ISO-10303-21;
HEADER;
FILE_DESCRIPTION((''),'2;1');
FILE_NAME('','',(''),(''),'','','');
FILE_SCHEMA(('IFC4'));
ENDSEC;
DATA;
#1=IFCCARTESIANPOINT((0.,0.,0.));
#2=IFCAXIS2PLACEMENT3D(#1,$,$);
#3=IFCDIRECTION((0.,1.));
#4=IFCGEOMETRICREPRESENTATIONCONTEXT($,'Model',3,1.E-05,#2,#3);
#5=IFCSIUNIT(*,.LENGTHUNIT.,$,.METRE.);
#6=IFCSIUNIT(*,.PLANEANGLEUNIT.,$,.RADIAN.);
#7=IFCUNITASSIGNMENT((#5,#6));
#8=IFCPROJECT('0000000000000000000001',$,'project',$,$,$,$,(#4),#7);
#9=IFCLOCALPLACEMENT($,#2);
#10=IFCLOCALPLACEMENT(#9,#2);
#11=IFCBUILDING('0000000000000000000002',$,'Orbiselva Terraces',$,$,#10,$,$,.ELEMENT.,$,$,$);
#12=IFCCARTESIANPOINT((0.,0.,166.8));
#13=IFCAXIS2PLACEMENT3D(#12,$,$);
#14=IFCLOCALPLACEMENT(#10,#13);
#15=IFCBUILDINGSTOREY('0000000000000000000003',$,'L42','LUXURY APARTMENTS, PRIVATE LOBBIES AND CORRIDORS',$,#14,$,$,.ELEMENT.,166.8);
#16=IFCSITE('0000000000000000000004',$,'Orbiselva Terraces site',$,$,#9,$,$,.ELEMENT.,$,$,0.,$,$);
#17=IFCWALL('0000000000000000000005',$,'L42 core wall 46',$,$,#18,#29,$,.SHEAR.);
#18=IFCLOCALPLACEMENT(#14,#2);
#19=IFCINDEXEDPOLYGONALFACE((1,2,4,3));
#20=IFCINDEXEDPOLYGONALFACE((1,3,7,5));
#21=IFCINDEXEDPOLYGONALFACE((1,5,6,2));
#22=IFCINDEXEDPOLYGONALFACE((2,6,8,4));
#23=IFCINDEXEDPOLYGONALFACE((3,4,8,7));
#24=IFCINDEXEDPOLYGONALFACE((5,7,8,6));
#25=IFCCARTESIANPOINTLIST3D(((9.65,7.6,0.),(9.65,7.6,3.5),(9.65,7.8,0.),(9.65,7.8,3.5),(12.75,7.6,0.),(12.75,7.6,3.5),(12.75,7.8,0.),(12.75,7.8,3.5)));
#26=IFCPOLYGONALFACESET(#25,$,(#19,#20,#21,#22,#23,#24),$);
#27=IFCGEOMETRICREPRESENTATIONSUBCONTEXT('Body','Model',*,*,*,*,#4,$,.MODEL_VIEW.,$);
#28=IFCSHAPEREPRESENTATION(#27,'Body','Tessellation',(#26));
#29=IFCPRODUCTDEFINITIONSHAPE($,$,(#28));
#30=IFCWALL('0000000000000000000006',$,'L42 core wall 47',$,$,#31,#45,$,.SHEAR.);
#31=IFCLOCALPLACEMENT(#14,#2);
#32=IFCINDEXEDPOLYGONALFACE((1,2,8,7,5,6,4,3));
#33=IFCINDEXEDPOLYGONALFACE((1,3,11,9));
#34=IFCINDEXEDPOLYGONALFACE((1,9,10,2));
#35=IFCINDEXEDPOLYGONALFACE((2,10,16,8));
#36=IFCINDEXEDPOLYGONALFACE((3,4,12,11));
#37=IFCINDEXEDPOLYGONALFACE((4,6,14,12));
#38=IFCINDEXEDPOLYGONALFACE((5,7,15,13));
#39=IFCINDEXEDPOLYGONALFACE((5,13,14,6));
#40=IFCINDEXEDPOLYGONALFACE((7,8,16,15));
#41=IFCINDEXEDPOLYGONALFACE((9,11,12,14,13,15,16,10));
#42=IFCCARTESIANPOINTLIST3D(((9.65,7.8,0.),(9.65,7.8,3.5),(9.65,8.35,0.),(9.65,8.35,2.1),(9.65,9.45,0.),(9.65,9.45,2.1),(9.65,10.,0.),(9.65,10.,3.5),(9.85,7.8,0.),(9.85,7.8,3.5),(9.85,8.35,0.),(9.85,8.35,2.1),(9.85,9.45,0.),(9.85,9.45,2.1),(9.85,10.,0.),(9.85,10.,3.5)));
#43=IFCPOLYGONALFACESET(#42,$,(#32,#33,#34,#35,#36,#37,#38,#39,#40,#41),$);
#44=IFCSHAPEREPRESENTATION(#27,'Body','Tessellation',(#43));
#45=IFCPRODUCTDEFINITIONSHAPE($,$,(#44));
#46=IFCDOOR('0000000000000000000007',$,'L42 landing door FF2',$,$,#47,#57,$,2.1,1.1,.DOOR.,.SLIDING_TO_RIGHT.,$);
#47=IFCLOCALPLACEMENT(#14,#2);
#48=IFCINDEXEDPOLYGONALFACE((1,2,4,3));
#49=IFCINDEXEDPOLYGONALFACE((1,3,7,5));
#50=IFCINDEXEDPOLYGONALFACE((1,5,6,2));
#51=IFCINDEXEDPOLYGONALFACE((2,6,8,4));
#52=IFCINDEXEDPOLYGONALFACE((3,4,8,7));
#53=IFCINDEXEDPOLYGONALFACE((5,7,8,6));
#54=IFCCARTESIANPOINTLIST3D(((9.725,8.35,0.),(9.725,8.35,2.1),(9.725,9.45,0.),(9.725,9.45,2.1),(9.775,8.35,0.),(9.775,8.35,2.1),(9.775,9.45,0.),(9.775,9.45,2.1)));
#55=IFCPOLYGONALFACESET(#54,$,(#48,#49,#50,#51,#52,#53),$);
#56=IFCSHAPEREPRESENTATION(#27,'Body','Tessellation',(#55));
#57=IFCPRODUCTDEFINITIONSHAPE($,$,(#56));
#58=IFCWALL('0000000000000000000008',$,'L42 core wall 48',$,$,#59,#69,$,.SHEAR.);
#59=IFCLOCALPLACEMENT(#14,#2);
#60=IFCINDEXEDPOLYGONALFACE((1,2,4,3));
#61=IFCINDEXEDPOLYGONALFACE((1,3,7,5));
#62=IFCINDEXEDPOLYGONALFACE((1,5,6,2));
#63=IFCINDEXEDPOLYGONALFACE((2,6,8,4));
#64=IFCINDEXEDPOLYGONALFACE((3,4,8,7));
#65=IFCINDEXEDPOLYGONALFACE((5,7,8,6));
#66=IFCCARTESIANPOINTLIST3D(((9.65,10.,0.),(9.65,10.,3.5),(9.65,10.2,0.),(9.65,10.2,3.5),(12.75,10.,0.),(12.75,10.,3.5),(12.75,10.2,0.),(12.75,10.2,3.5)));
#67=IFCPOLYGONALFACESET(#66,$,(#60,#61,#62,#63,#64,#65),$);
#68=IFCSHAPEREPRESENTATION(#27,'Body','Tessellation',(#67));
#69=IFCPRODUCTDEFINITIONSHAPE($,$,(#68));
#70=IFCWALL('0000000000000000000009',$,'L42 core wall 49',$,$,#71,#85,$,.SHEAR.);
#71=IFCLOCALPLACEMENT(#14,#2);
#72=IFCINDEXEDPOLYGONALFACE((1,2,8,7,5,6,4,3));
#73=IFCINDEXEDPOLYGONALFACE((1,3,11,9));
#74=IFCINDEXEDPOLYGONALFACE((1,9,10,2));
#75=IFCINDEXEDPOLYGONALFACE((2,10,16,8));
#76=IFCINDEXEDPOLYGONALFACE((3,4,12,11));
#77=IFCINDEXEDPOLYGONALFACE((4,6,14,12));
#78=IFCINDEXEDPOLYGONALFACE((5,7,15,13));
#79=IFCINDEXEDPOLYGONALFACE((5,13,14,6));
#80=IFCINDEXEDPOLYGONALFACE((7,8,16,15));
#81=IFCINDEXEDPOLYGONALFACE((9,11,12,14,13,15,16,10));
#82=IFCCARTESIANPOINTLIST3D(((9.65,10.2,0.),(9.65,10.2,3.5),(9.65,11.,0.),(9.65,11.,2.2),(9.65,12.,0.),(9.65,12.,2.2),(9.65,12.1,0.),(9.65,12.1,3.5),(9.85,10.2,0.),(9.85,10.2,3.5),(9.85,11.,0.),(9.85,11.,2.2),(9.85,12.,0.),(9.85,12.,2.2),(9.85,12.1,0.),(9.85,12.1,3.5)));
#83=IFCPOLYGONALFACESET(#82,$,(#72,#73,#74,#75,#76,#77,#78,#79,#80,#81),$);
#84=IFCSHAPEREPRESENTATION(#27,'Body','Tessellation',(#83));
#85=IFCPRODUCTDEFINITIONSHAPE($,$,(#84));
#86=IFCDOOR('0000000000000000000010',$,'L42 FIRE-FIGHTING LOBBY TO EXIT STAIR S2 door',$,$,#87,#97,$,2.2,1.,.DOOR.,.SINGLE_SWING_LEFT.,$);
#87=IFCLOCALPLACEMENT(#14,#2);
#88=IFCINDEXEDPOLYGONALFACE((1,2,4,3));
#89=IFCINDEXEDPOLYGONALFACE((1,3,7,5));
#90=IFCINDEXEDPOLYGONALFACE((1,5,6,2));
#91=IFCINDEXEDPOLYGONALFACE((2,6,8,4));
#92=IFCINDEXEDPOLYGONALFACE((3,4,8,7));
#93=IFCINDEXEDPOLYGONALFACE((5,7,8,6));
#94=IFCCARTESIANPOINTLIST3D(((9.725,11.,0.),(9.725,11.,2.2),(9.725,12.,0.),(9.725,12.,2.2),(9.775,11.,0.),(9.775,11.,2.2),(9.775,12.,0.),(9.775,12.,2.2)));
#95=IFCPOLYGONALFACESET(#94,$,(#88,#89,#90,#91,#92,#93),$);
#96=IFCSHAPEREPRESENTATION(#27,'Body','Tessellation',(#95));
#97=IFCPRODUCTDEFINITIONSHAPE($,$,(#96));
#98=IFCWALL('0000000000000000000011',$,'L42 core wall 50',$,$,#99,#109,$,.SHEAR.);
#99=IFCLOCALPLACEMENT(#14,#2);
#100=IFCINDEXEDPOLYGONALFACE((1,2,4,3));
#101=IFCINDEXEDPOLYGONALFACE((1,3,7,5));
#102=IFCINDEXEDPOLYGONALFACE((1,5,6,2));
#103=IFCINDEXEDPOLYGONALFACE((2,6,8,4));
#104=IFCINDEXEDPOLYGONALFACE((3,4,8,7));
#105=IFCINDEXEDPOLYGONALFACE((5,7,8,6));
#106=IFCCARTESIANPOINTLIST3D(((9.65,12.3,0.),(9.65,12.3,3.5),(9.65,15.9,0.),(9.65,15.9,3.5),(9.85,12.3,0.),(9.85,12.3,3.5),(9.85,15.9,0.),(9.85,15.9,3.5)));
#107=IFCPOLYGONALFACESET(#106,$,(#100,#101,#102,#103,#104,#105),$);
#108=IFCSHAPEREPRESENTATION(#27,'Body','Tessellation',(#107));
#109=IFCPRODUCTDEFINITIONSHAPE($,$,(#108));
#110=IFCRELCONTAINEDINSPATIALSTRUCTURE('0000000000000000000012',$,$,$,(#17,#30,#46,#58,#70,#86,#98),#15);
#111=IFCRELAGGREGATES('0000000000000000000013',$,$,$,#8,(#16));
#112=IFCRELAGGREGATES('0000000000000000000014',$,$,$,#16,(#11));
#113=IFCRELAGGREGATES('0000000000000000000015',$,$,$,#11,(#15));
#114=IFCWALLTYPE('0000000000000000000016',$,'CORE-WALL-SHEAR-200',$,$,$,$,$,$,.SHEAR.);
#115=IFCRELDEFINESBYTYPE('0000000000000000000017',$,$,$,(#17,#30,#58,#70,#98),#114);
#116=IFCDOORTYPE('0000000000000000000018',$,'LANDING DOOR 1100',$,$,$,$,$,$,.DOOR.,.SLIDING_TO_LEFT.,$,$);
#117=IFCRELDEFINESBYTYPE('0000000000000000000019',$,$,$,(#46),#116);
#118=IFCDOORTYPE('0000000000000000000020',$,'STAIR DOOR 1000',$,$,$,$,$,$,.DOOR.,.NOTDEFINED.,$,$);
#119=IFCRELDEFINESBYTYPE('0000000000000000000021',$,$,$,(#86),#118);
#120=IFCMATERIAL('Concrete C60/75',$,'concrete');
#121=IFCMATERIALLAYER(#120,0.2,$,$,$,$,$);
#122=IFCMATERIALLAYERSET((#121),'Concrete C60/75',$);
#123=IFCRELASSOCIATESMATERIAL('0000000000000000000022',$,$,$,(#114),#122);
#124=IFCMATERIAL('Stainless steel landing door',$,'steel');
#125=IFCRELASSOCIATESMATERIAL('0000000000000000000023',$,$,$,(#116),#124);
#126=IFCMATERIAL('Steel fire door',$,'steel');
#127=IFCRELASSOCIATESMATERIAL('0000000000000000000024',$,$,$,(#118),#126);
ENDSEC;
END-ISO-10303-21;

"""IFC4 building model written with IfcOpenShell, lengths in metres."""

from ifc_helpers import new_model, si_unit, direction, frame, frame_2d, origin, place, context, subcontext, project, spatial, rectangle, extrude, material, layer, layer_set, type_object, element, fill, save


model = new_model("IFC4")

# Units and contexts
model_context = context("Model", 3, precision=1e-05, world=origin(), true_north=direction((0.0, 1.0)))
body_context = subcontext(model_context, "Body", "Model", "MODEL_VIEW")
ifc_project = project(units=[si_unit("LENGTHUNIT", "METRE"), si_unit("PLANEANGLEUNIT", "RADIAN")], contexts=[model_context])

# Site, building, storey
site_placement = place(None, origin())
site = spatial("IfcSite", under=ifc_project, at=site_placement, Name="Orbiselva Terraces site", CompositionType="ELEMENT", RefElevation=0.0)
building_placement = place(site_placement, origin())
building = spatial("IfcBuilding", under=site, at=building_placement, Name="Orbiselva Terraces", CompositionType="ELEMENT")
storey_placement = place(building_placement, frame((0.0, 0.0, 166.8)))
storey = spatial("IfcBuildingStorey", under=building, at=storey_placement, Name="L42", Description="LUXURY APARTMENTS, PRIVATE LOBBIES AND CORRIDORS", CompositionType="ELEMENT", Elevation=166.8)

# Shared definitions
ifc_material_1 = material(Name="Steel fire door", Category="steel")

# Shared definitions
ifc_material_2 = material(Name="Concrete C60/75", Category="concrete")
ifc_layer_1 = layer(ifc_material_2, 0.2)
ifc_layer_set_1 = layer_set([ifc_layer_1], Name="Concrete C60/75")
wall_type_1 = type_object("IfcWallType", Name="CORE-WALL-SHEAR-200", PredefinedType="SHEAR", material=ifc_layer_set_1)

# Shared definitions
ifc_material_3 = material(Name="Stainless steel landing door", Category="steel")
door_type_1 = type_object("IfcDoorType", Name="LANDING DOOR 1100", OperationType="SLIDING_TO_LEFT", PredefinedType="DOOR", material=ifc_material_3)

# Wall
wall_1_placement = place(storey_placement, frame((9.65, 7.7, 0.0), z_axis=(0.0, 0.0, 1.0), x_axis=(1.0, 0.0, 0.0)))
element("IfcWall", 1, at=wall_1_placement, inside=storey, type_object=wall_type_1, Name="L42 core wall 46", PredefinedType="SHEAR", context=body_context, shape_type="SweptSolid", body=[
    extrude(rectangle(XDim=3.1, YDim=0.2, at=frame_2d((1.55, 0.0))), origin(), (0.0, 0.0, 1.0), 3.5),
])

# Wall, opening, door
wall_2_placement = place(storey_placement, frame((9.75, 7.8, 0.0), z_axis=(0.0, 0.0, 1.0), x_axis=(0.0, 1.0, 0.0)))
wall_2 = element("IfcWall", 2, at=wall_2_placement, inside=storey, type_object=wall_type_1, Name="L42 core wall 47", PredefinedType="SHEAR", context=body_context, shape_type="SweptSolid", body=[
    extrude(rectangle(XDim=2.2, YDim=0.2, at=frame_2d((1.1, 0.0))), origin(), (0.0, 0.0, 1.0), 3.5),
])
opening_1_placement = place(wall_2_placement, frame((0.55, 0.0, 0.0)))
opening_1 = element("IfcOpeningElement", 3, at=opening_1_placement, cuts=wall_2, PredefinedType="OPENING", context=body_context, shape_type="SweptSolid", body=[
    extrude(rectangle(XDim=1.1, YDim=2.1, at=frame_2d((0.55, 1.05))), frame((0.0, 0.11, 0.0), z_axis=(0.0, -1.0, 0.0), x_axis=(1.0, 0.0, 0.0)), (0.0, 0.0, 1.0), 0.22),
])
door_1_placement = place(opening_1_placement, origin())
door_1 = element("IfcDoor", 4, at=door_1_placement, inside=storey, type_object=door_type_1, Name="L42 landing door FF2", OperationType="SLIDING_TO_RIGHT", OverallHeight=2.1, OverallWidth=1.1, PredefinedType="DOOR", context=body_context, shape_type="SweptSolid", body=[
    extrude(rectangle(XDim=1.1, YDim=2.1, at=frame_2d((0.55, 1.05))), frame((0.0, 0.025, 0.0), z_axis=(0.0, -1.0, 0.0), x_axis=(1.0, 0.0, 0.0)), (0.0, 0.0, 1.0), 0.05),
])
fill(opening_1, door_1)

# Wall
wall_3_placement = place(storey_placement, frame((9.65, 10.1, 0.0), z_axis=(0.0, 0.0, 1.0), x_axis=(1.0, 0.0, 0.0)))
element("IfcWall", 5, at=wall_3_placement, inside=storey, type_object=wall_type_1, Name="L42 core wall 48", PredefinedType="SHEAR", context=body_context, shape_type="SweptSolid", body=[
    extrude(rectangle(XDim=3.1, YDim=0.2, at=frame_2d((1.55, 0.0))), origin(), (0.0, 0.0, 1.0), 3.5),
])

# Wall, opening, door
wall_4_placement = place(storey_placement, frame((9.75, 12.1, 0.0), z_axis=(0.0, 0.0, 1.0), x_axis=(0.0, -1.0, 0.0)))
wall_4 = element("IfcWall", 6, at=wall_4_placement, inside=storey, type_object=wall_type_1, Name="L42 core wall 49", PredefinedType="SHEAR", context=body_context, shape_type="SweptSolid", body=[
    extrude(rectangle(XDim=1.9, YDim=0.2, at=frame_2d((0.95, 0.0))), origin(), (0.0, 0.0, 1.0), 3.5),
])
opening_2_placement = place(wall_4_placement, frame((0.1, 0.0, 0.0)))
opening_2 = element("IfcOpeningElement", 7, at=opening_2_placement, cuts=wall_4, PredefinedType="OPENING", context=body_context, shape_type="SweptSolid", body=[
    extrude(rectangle(XDim=1.0, YDim=2.2, at=frame_2d((0.5, 1.1))), frame((0.0, 0.11, 0.0), z_axis=(0.0, -1.0, 0.0), x_axis=(1.0, 0.0, 0.0)), (0.0, 0.0, 1.0), 0.22),
])
door_type_2 = type_object("IfcDoorType", Name="STAIR DOOR 1000", OperationType="NOTDEFINED", PredefinedType="DOOR", material=ifc_material_1)
door_2_placement = place(opening_2_placement, origin())
door_2 = element("IfcDoor", 8, at=door_2_placement, inside=storey, type_object=door_type_2, Name="L42 FIRE-FIGHTING LOBBY TO EXIT STAIR S2 door", OperationType="SINGLE_SWING_LEFT", OverallHeight=2.2, OverallWidth=1.0, PredefinedType="DOOR", context=body_context, shape_type="SweptSolid", body=[
    extrude(rectangle(XDim=1.0, YDim=2.2, at=frame_2d((0.5, 1.1))), frame((0.0, 0.025, 0.0), z_axis=(0.0, -1.0, 0.0), x_axis=(1.0, 0.0, 0.0)), (0.0, 0.0, 1.0), 0.05),
])
fill(opening_2, door_2)

# Wall
wall_5_placement = place(storey_placement, frame((9.75, 12.3, 0.0), z_axis=(0.0, 0.0, 1.0), x_axis=(0.0, 1.0, 0.0)))
element("IfcWall", 9, at=wall_5_placement, inside=storey, type_object=wall_type_1, Name="L42 core wall 50", PredefinedType="SHEAR", context=body_context, shape_type="SweptSolid", body=[
    extrude(rectangle(XDim=3.6, YDim=0.2, at=frame_2d((1.8, 0.0))), origin(), (0.0, 0.0, 1.0), 3.5),
])

save(model, "model.ifc")
